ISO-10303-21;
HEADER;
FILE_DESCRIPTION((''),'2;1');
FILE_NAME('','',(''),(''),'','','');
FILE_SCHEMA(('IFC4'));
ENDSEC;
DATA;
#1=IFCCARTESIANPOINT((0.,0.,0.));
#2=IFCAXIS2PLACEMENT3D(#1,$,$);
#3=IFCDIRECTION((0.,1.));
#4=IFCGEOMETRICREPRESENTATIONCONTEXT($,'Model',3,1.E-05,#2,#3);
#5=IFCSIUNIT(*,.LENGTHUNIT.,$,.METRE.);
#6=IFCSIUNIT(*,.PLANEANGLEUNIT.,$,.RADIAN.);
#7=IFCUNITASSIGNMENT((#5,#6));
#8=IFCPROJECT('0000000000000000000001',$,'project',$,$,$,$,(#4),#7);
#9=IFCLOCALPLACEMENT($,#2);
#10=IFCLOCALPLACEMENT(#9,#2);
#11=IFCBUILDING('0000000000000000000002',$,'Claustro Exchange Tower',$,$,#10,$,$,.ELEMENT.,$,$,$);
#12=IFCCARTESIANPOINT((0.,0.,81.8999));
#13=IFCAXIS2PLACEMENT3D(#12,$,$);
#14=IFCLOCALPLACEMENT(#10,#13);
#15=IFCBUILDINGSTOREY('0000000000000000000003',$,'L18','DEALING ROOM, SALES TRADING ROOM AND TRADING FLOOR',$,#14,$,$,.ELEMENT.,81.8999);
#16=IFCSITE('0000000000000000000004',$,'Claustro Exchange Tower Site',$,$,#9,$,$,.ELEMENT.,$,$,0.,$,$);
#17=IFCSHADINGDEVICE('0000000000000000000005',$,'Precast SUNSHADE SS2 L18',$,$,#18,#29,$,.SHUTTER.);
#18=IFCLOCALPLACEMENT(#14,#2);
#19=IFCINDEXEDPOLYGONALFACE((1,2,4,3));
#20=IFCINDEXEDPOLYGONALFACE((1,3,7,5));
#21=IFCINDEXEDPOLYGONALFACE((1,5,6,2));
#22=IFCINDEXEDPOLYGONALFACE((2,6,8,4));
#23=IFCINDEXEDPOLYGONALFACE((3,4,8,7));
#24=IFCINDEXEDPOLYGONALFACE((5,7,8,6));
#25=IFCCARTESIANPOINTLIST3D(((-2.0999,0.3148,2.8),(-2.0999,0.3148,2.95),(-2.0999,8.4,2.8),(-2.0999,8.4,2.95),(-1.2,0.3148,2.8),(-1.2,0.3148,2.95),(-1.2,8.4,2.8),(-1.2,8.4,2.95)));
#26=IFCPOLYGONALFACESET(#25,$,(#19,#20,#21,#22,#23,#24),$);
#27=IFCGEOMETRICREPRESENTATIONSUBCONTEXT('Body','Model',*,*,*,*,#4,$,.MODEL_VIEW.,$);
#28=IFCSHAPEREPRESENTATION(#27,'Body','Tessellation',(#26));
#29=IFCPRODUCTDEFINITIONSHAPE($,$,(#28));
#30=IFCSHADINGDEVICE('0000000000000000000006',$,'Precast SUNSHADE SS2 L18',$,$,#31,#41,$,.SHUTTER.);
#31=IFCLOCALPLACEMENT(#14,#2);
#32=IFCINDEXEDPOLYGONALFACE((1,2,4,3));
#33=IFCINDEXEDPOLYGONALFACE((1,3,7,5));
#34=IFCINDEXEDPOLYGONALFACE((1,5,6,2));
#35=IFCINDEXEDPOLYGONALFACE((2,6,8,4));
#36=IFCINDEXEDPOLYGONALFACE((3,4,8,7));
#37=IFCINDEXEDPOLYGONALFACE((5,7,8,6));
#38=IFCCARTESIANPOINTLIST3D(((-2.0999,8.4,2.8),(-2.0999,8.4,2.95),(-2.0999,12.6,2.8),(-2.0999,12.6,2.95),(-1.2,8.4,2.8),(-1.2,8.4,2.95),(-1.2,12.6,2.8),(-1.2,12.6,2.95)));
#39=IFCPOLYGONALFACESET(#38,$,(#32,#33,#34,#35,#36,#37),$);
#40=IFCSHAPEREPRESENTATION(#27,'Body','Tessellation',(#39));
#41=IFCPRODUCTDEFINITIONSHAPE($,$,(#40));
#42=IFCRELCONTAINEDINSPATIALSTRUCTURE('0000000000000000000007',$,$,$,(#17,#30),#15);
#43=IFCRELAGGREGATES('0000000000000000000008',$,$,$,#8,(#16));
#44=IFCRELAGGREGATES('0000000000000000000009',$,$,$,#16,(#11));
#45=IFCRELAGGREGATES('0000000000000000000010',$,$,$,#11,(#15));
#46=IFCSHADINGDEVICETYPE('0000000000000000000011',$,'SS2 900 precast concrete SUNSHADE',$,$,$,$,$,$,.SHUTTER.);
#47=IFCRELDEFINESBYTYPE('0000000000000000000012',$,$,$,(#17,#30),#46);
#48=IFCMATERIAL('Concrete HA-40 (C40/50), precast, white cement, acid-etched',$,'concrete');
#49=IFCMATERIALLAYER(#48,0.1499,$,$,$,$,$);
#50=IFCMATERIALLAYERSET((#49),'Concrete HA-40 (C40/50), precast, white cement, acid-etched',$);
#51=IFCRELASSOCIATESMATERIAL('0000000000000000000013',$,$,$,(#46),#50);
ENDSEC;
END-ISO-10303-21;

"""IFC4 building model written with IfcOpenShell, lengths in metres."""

from ifc_helpers import new_model, si_unit, direction, frame, origin, origin_2d, place, context, subcontext, project, spatial, rectangle, extrude, material, layer, layer_set, type_object, element, save


model = new_model("IFC4")

# Units and contexts
model_context = context("Model", 3, precision=1e-05, world=origin(), true_north=direction((0.0, 1.0)))
body_context = subcontext(model_context, "Body", "Model", "MODEL_VIEW")
ifc_project = project(units=[si_unit("LENGTHUNIT", "METRE"), si_unit("PLANEANGLEUNIT", "RADIAN")], contexts=[model_context])

# Site, building, storey
site_placement = place(None, origin())
site = spatial("IfcSite", under=ifc_project, at=site_placement, Name="Claustro Exchange Tower Site", CompositionType="ELEMENT", RefElevation=0.0)
building_placement = place(site_placement, origin())
building = spatial("IfcBuilding", under=site, at=building_placement, Name="Claustro Exchange Tower", CompositionType="ELEMENT")
storey_placement = place(building_placement, frame((0.0, 0.0, 81.8999)))
storey = spatial("IfcBuildingStorey", under=building, at=storey_placement, Name="L18", Description="DEALING ROOM, SALES TRADING ROOM AND TRADING FLOOR", CompositionType="ELEMENT", Elevation=81.8999)

# Shading devices
ifc_material_1 = material(Name="Concrete HA-40 (C40/50), precast, white cement, acid-etched", Category="concrete")
ifc_layer_1 = layer(ifc_material_1, 0.1499)
ifc_layer_set_1 = layer_set([ifc_layer_1], Name="Concrete HA-40 (C40/50), precast, white cement, acid-etched")
shading_device_type = type_object("IfcShadingDeviceType", Name="SS2 900 precast concrete SUNSHADE", PredefinedType="SHUTTER", material=ifc_layer_set_1)
shading_device_1_placement = place(storey_placement, frame((-1.6499, 4.3574, 2.8), z_axis=(0.0, 0.0, 1.0), x_axis=(0.0, 1.0, 0.0)))
element("IfcShadingDevice", 1, at=shading_device_1_placement, inside=storey, type_object=shading_device_type, Name="Precast SUNSHADE SS2 L18", PredefinedType="SHUTTER", context=body_context, shape_type="SweptSolid", body=[
    extrude(rectangle(XDim=8.0852, YDim=0.8999, at=origin_2d()), origin(), (0.0, 0.0, 1.0), 0.1499),
])
shading_device_2_placement = place(storey_placement, frame((-1.6499, 10.5, 2.8), z_axis=(0.0, 0.0, 1.0), x_axis=(0.0, 1.0, 0.0)))
element("IfcShadingDevice", 2, at=shading_device_2_placement, inside=storey, type_object=shading_device_type, Name="Precast SUNSHADE SS2 L18", PredefinedType="SHUTTER", context=body_context, shape_type="SweptSolid", body=[
    extrude(rectangle(XDim=4.2, YDim=0.8999, at=origin_2d()), origin(), (0.0, 0.0, 1.0), 0.1499),
])

save(model, "model.ifc")
